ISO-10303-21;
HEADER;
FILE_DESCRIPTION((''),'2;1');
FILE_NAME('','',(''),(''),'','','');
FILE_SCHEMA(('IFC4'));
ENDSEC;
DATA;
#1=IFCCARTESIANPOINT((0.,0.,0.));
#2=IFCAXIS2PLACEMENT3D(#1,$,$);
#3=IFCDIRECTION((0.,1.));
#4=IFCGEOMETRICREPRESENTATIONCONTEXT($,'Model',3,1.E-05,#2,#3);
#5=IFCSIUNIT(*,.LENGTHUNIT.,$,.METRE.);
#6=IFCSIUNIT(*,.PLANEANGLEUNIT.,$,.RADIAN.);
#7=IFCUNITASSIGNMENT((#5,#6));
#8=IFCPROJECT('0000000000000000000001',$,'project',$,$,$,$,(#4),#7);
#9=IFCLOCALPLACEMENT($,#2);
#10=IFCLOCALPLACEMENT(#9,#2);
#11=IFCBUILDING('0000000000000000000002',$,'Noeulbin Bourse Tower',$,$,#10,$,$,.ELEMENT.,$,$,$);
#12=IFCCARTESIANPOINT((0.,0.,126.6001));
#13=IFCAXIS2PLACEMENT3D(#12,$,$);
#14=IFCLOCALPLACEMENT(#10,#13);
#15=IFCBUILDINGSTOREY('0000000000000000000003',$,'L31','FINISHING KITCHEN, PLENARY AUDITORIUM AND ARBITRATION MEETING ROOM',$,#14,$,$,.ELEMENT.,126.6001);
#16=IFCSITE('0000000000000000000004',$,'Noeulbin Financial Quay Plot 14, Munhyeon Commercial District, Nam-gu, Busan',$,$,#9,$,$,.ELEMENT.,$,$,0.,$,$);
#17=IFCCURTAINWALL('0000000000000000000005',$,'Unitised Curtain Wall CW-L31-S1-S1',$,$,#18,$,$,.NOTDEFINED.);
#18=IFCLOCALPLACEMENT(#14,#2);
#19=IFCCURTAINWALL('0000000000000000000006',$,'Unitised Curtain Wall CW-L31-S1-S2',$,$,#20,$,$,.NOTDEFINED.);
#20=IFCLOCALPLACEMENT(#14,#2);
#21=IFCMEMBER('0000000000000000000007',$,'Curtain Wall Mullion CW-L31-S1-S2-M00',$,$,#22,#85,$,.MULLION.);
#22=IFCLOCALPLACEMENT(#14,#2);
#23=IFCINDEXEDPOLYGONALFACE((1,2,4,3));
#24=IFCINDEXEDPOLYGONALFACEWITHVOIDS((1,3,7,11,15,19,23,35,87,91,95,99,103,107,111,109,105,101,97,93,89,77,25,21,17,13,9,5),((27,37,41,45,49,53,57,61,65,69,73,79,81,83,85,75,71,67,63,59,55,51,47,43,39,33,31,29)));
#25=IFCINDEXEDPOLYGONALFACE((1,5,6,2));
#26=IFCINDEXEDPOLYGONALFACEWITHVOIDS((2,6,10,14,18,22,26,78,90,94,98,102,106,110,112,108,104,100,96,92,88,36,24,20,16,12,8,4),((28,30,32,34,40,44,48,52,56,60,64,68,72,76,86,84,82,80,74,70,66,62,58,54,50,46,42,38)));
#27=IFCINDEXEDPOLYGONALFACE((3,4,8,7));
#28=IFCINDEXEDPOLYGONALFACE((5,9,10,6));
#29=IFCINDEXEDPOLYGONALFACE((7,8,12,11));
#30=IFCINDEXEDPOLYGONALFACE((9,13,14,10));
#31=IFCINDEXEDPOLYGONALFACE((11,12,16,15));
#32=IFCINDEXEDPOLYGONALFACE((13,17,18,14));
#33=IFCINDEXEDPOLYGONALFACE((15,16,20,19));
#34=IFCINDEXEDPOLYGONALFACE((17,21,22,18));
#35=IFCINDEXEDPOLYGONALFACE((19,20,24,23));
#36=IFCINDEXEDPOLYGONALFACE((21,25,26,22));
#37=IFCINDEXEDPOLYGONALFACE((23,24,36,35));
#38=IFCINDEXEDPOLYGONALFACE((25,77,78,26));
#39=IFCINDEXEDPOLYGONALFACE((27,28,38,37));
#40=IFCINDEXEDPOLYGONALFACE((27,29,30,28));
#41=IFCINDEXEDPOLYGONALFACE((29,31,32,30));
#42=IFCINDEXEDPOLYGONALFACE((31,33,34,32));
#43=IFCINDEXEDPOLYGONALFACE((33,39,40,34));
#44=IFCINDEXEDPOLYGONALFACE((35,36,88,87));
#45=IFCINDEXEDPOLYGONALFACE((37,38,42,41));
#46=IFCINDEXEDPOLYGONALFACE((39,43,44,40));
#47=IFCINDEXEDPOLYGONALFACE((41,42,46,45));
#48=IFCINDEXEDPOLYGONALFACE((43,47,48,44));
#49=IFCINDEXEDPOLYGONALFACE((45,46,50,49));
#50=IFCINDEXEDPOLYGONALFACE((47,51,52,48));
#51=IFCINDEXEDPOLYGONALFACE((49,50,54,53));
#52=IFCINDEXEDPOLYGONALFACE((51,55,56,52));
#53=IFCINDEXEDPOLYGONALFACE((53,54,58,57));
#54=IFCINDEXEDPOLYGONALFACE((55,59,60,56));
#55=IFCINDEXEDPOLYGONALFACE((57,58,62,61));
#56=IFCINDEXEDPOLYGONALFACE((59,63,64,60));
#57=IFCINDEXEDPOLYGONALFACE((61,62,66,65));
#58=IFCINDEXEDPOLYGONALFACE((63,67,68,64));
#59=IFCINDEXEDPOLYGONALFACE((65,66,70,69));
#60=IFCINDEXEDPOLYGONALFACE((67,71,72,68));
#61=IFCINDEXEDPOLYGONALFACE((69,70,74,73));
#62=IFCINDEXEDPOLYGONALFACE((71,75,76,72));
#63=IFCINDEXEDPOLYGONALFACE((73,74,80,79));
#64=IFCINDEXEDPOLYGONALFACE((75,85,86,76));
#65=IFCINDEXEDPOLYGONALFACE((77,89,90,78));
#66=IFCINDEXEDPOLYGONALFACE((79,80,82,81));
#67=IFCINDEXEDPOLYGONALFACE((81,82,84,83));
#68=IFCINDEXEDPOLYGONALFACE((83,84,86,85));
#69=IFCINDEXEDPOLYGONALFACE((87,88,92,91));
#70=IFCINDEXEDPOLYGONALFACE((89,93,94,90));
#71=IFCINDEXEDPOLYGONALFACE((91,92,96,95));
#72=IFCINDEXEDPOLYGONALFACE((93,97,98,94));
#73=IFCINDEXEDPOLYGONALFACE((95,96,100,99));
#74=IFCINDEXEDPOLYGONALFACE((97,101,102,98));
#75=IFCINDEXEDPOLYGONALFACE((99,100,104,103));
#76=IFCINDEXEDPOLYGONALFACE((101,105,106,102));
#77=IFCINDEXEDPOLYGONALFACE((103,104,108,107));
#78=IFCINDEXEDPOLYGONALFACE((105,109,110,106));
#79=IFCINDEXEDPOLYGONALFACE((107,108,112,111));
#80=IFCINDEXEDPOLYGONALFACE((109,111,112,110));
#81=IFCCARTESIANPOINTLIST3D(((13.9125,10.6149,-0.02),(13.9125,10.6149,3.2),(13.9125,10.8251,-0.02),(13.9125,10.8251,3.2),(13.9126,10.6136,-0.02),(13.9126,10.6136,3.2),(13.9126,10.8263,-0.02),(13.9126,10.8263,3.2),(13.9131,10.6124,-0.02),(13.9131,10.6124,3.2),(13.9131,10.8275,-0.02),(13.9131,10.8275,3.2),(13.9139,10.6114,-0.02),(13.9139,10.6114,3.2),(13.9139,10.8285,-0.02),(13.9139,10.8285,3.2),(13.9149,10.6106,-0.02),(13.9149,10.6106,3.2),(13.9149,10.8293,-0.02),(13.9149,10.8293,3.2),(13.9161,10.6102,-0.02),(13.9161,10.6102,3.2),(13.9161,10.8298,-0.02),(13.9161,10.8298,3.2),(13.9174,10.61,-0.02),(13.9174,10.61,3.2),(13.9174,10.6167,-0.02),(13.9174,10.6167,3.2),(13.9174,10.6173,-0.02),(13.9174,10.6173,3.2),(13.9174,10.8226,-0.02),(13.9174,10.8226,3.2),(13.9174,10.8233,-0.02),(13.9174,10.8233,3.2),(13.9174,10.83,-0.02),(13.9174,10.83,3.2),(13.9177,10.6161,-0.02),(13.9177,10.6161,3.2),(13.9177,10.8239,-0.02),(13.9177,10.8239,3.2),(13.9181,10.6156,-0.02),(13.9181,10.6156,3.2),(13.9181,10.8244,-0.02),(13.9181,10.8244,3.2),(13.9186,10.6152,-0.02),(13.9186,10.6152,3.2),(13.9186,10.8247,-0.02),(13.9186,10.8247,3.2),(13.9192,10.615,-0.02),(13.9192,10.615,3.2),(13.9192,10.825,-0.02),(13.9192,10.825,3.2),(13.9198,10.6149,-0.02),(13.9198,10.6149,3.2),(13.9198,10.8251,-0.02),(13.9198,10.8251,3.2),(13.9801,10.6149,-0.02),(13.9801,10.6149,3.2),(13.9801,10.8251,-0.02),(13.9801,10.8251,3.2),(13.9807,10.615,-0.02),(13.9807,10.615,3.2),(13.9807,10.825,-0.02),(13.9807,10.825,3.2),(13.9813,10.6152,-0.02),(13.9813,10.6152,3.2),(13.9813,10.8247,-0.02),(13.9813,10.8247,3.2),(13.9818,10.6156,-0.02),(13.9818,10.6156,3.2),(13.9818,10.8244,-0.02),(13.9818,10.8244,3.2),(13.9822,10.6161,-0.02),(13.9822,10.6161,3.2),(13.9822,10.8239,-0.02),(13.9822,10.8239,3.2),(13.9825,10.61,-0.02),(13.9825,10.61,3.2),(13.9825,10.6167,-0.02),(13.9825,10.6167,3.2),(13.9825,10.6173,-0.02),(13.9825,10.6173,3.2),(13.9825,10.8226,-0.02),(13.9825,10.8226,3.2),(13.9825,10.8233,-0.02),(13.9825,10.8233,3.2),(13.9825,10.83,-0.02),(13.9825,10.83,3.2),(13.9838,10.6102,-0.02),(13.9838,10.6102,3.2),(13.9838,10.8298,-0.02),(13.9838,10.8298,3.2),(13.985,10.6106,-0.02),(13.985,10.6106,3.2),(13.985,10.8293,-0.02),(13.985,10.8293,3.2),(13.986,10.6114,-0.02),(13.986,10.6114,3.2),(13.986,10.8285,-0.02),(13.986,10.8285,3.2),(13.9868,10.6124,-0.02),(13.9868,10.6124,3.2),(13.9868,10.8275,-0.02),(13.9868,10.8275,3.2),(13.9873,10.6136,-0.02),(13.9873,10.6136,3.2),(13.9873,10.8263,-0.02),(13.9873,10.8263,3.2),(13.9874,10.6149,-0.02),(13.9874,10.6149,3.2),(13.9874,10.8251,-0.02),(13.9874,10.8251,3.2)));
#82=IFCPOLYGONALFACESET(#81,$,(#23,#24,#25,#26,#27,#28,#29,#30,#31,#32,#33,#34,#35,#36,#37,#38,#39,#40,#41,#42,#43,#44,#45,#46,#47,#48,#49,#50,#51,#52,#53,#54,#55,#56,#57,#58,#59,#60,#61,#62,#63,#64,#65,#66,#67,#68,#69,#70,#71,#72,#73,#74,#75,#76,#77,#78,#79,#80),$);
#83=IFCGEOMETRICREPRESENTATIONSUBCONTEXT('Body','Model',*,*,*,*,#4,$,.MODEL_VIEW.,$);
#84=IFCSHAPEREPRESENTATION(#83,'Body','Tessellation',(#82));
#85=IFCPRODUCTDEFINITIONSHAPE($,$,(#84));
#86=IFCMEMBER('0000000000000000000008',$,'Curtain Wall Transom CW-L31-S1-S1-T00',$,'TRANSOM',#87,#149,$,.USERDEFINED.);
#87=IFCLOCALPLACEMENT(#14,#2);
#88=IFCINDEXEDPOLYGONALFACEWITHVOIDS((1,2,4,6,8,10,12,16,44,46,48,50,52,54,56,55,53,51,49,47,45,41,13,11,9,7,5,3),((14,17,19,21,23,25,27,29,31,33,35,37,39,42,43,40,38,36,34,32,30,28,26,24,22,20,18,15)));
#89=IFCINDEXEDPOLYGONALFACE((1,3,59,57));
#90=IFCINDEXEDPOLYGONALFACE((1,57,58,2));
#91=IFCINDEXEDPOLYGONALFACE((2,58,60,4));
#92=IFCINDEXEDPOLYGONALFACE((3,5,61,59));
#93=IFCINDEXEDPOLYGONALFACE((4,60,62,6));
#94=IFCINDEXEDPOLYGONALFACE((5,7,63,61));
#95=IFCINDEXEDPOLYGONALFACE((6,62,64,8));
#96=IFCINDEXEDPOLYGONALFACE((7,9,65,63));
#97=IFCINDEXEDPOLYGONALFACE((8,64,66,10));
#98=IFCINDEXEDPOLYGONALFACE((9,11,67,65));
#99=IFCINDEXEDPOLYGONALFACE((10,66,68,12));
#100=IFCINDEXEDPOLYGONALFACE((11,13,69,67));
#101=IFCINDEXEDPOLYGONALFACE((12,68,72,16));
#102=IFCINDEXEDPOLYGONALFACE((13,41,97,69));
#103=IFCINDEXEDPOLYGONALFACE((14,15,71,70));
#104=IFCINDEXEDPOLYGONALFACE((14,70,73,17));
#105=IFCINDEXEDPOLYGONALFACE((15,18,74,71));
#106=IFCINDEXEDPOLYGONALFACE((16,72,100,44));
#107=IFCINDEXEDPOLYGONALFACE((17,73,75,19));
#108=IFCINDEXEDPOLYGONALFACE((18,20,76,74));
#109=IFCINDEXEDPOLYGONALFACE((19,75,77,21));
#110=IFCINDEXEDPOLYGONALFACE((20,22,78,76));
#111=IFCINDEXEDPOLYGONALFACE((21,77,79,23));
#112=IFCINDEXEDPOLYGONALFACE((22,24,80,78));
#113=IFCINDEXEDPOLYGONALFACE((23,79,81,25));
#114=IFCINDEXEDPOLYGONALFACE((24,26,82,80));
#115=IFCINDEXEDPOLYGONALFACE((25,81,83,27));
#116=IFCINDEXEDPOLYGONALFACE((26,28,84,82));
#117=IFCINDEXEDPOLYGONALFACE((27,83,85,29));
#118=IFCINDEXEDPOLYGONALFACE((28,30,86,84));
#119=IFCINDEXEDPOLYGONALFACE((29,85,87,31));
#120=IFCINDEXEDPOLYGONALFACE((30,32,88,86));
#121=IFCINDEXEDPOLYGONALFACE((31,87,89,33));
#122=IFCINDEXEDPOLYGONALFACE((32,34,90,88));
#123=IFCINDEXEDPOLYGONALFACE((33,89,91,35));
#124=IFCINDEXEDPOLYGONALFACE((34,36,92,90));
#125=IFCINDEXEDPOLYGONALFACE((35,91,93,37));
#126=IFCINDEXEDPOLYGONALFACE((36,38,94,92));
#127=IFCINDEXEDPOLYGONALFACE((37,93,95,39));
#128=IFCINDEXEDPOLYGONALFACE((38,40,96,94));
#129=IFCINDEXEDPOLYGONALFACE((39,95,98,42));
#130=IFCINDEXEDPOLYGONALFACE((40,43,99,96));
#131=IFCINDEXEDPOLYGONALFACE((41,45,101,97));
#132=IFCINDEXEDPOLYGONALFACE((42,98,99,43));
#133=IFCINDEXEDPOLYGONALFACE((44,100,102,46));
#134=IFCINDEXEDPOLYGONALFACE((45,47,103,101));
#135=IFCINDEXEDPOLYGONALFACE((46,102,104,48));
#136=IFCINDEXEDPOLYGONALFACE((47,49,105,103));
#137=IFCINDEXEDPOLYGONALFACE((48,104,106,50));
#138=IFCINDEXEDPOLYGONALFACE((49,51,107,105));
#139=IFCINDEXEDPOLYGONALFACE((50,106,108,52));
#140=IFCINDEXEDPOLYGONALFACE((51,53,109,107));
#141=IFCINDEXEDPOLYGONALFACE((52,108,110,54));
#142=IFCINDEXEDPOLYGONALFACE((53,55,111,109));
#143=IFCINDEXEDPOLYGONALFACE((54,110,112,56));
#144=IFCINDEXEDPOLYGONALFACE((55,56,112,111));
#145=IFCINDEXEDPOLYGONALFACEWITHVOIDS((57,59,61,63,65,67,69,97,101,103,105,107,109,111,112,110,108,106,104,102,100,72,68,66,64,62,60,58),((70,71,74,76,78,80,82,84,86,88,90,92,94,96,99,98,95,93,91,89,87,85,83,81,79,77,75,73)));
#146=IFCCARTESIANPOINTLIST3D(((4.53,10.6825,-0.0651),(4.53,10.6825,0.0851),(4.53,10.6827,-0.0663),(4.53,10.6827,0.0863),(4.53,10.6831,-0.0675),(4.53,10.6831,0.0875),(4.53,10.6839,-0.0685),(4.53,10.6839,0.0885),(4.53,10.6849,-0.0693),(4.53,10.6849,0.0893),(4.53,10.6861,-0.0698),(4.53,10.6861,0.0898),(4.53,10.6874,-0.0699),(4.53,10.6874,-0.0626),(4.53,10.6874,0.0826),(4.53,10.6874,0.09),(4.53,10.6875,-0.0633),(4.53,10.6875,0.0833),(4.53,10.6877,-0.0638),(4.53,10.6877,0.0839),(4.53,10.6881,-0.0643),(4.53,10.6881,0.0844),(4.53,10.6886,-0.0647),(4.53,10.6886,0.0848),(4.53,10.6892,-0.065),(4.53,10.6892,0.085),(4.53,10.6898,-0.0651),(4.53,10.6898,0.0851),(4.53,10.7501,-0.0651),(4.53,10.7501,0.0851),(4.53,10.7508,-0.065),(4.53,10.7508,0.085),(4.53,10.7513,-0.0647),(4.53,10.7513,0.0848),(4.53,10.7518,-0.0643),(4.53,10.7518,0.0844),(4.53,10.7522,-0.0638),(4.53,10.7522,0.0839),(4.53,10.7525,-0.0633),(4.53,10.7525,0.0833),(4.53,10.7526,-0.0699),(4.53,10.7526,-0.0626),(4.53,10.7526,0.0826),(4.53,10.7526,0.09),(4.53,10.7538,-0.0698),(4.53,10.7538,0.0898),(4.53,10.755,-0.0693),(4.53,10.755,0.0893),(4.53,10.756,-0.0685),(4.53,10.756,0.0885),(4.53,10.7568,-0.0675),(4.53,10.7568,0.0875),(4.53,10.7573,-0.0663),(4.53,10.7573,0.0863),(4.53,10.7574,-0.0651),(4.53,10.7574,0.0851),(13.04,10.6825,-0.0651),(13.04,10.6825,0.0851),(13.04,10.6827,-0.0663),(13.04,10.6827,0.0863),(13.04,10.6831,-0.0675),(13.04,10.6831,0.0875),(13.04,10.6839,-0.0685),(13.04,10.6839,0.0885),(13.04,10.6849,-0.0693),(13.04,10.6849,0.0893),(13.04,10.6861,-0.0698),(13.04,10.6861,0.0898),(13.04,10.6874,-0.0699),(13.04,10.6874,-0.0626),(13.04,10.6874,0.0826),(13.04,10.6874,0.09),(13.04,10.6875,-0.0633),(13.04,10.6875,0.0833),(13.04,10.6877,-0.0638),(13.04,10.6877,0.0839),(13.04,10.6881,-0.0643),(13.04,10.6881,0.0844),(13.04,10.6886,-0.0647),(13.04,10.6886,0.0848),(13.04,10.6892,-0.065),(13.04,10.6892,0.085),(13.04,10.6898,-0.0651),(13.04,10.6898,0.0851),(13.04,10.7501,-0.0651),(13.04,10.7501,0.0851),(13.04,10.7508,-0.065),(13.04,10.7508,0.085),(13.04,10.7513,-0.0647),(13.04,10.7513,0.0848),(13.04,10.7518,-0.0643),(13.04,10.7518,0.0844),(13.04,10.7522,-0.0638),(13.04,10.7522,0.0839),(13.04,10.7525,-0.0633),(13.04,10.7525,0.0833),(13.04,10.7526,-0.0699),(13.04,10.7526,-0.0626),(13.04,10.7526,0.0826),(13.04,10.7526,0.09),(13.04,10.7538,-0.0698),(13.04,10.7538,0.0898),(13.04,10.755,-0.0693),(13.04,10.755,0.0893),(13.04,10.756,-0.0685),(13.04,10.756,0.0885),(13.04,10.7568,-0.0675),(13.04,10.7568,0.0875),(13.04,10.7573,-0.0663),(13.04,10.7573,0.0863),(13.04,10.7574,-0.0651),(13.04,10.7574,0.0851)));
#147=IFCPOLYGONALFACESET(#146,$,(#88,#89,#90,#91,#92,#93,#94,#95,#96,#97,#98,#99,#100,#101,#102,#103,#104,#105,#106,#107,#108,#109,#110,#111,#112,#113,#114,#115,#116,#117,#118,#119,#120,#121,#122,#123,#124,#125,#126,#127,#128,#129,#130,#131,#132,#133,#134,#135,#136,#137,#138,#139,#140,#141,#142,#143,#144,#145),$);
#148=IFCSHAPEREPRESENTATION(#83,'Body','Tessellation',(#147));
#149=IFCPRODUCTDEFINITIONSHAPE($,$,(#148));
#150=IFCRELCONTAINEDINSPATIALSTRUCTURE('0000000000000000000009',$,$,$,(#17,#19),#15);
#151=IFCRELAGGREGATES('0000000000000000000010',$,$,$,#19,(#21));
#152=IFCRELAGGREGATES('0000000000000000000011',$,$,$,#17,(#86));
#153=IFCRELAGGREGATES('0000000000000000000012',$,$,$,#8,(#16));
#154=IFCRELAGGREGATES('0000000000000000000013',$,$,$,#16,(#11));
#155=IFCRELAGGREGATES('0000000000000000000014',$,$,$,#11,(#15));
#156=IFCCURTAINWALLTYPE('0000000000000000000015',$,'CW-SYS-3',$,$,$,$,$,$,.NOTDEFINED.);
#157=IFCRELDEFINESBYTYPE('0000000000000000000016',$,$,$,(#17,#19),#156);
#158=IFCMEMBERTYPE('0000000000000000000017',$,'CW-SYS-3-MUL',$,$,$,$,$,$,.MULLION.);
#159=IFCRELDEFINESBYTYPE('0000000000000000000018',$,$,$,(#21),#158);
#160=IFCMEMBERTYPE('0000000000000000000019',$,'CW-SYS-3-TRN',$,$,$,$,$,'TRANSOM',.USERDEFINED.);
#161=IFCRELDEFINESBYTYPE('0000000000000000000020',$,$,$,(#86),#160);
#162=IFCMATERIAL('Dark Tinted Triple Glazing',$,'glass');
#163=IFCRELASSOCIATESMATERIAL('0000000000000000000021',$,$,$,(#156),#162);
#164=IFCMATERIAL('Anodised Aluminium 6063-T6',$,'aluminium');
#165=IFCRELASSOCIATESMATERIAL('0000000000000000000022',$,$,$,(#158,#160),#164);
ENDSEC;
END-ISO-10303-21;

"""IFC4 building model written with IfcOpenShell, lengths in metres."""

from ifc_helpers import new_model, si_unit, direction, frame, origin, origin_2d, place, context, subcontext, project, spatial, hollow_rectangle, extrude, material, material_profile, profile_set, type_object, element, aggregate, save


model = new_model("IFC4")

# Units and contexts
model_context = context("Model", 3, precision=1e-05, world=origin(), true_north=direction((0.0, 1.0)))
body_context = subcontext(model_context, "Body", "Model", "MODEL_VIEW")
ifc_project = project(units=[si_unit("LENGTHUNIT", "METRE"), si_unit("PLANEANGLEUNIT", "RADIAN")], contexts=[model_context])

# Site, building, storey
site_placement = place(None, origin())
site = spatial("IfcSite", under=ifc_project, at=site_placement, Name="Noeulbin Financial Quay Plot 14, Munhyeon Commercial District, Nam-gu, Busan", CompositionType="ELEMENT", RefElevation=0.0)
building_placement = place(site_placement, origin())
building = spatial("IfcBuilding", under=site, at=building_placement, Name="Noeulbin Bourse Tower", CompositionType="ELEMENT")
storey_placement = place(building_placement, frame((0.0, 0.0, 126.6001)))
storey = spatial("IfcBuildingStorey", under=building, at=storey_placement, Name="L31", Description="FINISHING KITCHEN, PLENARY AUDITORIUM AND ARBITRATION MEETING ROOM", CompositionType="ELEMENT", Elevation=126.6001)

# Curtain wall
ifc_material_1 = material(Name="Dark Tinted Triple Glazing", Category="glass")
curtain_wall_type = type_object("IfcCurtainWallType", Name="CW-SYS-3", PredefinedType="NOTDEFINED", material=ifc_material_1)
curtain_wall_1_placement = place(storey_placement, origin())
curtain_wall_1 = element("IfcCurtainWall", 1, at=curtain_wall_1_placement, inside=storey, type_object=curtain_wall_type, Name="Unitised Curtain Wall CW-L31-S1-S1", PredefinedType="NOTDEFINED")
ifc_material_2 = material(Name="Anodised Aluminium 6063-T6", Category="aluminium")
ifc_material_profile_1 = material_profile(ifc_material_2, hollow_rectangle(XDim=0.075, YDim=0.22, WallThickness=0.0049, InnerFilletRadius=0.0024, OuterFilletRadius=0.0049, at=origin_2d()), Name="ALU-MULL-75x220x5", Category="LoadBearing")
ifc_profile_set_1 = profile_set([ifc_material_profile_1], Name="Anodised Aluminium 6063-T6")
member_type_1 = type_object("IfcMemberType", Name="CW-SYS-3-MUL", PredefinedType="MULLION", material=ifc_profile_set_1)

# Curtain wall, member
curtain_wall_2_placement = place(storey_placement, origin())
curtain_wall_2 = element("IfcCurtainWall", 2, at=curtain_wall_2_placement, inside=storey, type_object=curtain_wall_type, Name="Unitised Curtain Wall CW-L31-S1-S2", PredefinedType="NOTDEFINED")
member_1_placement = place(storey_placement, frame((13.95, 10.72, -0.02), z_axis=(0.0, 0.0, 1.0), x_axis=(1.0, 0.0, 0.0)))
member_1 = element("IfcMember", 3, at=member_1_placement, type_object=member_type_1, Name="Curtain Wall Mullion CW-L31-S1-S2-M00", PredefinedType="MULLION", context=body_context, shape_type="SweptSolid", body=[
    extrude(hollow_rectangle(XDim=0.075, YDim=0.22, WallThickness=0.0049, InnerFilletRadius=0.0024, OuterFilletRadius=0.0049, at=origin_2d()), origin(), (0.0, 0.0, 1.0), 3.22),
])

# Member
ifc_material_profile_2 = material_profile(ifc_material_2, hollow_rectangle(XDim=0.075, YDim=0.1599, WallThickness=0.0049, InnerFilletRadius=0.0024, OuterFilletRadius=0.0049, at=origin_2d()), Name="ALU-TRAN-75x160x5", Category="LoadBearing")
ifc_profile_set_2 = profile_set([ifc_material_profile_2], Name="Anodised Aluminium 6063-T6")
member_type_2 = type_object("IfcMemberType", Name="CW-SYS-3-TRN", ElementType="TRANSOM", PredefinedType="USERDEFINED", material=ifc_profile_set_2)
member_2_placement = place(storey_placement, frame((4.53, 10.72, 0.01), z_axis=(1.0, 0.0, 0.0), x_axis=(0.0, 1.0, 0.0)))
member_2 = element("IfcMember", 4, at=member_2_placement, type_object=member_type_2, Name="Curtain Wall Transom CW-L31-S1-S1-T00", ObjectType="TRANSOM", PredefinedType="USERDEFINED", context=body_context, shape_type="SweptSolid", body=[
    extrude(hollow_rectangle(XDim=0.075, YDim=0.1599, WallThickness=0.0049, InnerFilletRadius=0.0024, OuterFilletRadius=0.0049, at=origin_2d()), origin(), (0.0, 0.0, 1.0), 8.51),
])
aggregate(curtain_wall_2, [member_1])

aggregate(curtain_wall_1, [member_2])

save(model, "model.ifc")
